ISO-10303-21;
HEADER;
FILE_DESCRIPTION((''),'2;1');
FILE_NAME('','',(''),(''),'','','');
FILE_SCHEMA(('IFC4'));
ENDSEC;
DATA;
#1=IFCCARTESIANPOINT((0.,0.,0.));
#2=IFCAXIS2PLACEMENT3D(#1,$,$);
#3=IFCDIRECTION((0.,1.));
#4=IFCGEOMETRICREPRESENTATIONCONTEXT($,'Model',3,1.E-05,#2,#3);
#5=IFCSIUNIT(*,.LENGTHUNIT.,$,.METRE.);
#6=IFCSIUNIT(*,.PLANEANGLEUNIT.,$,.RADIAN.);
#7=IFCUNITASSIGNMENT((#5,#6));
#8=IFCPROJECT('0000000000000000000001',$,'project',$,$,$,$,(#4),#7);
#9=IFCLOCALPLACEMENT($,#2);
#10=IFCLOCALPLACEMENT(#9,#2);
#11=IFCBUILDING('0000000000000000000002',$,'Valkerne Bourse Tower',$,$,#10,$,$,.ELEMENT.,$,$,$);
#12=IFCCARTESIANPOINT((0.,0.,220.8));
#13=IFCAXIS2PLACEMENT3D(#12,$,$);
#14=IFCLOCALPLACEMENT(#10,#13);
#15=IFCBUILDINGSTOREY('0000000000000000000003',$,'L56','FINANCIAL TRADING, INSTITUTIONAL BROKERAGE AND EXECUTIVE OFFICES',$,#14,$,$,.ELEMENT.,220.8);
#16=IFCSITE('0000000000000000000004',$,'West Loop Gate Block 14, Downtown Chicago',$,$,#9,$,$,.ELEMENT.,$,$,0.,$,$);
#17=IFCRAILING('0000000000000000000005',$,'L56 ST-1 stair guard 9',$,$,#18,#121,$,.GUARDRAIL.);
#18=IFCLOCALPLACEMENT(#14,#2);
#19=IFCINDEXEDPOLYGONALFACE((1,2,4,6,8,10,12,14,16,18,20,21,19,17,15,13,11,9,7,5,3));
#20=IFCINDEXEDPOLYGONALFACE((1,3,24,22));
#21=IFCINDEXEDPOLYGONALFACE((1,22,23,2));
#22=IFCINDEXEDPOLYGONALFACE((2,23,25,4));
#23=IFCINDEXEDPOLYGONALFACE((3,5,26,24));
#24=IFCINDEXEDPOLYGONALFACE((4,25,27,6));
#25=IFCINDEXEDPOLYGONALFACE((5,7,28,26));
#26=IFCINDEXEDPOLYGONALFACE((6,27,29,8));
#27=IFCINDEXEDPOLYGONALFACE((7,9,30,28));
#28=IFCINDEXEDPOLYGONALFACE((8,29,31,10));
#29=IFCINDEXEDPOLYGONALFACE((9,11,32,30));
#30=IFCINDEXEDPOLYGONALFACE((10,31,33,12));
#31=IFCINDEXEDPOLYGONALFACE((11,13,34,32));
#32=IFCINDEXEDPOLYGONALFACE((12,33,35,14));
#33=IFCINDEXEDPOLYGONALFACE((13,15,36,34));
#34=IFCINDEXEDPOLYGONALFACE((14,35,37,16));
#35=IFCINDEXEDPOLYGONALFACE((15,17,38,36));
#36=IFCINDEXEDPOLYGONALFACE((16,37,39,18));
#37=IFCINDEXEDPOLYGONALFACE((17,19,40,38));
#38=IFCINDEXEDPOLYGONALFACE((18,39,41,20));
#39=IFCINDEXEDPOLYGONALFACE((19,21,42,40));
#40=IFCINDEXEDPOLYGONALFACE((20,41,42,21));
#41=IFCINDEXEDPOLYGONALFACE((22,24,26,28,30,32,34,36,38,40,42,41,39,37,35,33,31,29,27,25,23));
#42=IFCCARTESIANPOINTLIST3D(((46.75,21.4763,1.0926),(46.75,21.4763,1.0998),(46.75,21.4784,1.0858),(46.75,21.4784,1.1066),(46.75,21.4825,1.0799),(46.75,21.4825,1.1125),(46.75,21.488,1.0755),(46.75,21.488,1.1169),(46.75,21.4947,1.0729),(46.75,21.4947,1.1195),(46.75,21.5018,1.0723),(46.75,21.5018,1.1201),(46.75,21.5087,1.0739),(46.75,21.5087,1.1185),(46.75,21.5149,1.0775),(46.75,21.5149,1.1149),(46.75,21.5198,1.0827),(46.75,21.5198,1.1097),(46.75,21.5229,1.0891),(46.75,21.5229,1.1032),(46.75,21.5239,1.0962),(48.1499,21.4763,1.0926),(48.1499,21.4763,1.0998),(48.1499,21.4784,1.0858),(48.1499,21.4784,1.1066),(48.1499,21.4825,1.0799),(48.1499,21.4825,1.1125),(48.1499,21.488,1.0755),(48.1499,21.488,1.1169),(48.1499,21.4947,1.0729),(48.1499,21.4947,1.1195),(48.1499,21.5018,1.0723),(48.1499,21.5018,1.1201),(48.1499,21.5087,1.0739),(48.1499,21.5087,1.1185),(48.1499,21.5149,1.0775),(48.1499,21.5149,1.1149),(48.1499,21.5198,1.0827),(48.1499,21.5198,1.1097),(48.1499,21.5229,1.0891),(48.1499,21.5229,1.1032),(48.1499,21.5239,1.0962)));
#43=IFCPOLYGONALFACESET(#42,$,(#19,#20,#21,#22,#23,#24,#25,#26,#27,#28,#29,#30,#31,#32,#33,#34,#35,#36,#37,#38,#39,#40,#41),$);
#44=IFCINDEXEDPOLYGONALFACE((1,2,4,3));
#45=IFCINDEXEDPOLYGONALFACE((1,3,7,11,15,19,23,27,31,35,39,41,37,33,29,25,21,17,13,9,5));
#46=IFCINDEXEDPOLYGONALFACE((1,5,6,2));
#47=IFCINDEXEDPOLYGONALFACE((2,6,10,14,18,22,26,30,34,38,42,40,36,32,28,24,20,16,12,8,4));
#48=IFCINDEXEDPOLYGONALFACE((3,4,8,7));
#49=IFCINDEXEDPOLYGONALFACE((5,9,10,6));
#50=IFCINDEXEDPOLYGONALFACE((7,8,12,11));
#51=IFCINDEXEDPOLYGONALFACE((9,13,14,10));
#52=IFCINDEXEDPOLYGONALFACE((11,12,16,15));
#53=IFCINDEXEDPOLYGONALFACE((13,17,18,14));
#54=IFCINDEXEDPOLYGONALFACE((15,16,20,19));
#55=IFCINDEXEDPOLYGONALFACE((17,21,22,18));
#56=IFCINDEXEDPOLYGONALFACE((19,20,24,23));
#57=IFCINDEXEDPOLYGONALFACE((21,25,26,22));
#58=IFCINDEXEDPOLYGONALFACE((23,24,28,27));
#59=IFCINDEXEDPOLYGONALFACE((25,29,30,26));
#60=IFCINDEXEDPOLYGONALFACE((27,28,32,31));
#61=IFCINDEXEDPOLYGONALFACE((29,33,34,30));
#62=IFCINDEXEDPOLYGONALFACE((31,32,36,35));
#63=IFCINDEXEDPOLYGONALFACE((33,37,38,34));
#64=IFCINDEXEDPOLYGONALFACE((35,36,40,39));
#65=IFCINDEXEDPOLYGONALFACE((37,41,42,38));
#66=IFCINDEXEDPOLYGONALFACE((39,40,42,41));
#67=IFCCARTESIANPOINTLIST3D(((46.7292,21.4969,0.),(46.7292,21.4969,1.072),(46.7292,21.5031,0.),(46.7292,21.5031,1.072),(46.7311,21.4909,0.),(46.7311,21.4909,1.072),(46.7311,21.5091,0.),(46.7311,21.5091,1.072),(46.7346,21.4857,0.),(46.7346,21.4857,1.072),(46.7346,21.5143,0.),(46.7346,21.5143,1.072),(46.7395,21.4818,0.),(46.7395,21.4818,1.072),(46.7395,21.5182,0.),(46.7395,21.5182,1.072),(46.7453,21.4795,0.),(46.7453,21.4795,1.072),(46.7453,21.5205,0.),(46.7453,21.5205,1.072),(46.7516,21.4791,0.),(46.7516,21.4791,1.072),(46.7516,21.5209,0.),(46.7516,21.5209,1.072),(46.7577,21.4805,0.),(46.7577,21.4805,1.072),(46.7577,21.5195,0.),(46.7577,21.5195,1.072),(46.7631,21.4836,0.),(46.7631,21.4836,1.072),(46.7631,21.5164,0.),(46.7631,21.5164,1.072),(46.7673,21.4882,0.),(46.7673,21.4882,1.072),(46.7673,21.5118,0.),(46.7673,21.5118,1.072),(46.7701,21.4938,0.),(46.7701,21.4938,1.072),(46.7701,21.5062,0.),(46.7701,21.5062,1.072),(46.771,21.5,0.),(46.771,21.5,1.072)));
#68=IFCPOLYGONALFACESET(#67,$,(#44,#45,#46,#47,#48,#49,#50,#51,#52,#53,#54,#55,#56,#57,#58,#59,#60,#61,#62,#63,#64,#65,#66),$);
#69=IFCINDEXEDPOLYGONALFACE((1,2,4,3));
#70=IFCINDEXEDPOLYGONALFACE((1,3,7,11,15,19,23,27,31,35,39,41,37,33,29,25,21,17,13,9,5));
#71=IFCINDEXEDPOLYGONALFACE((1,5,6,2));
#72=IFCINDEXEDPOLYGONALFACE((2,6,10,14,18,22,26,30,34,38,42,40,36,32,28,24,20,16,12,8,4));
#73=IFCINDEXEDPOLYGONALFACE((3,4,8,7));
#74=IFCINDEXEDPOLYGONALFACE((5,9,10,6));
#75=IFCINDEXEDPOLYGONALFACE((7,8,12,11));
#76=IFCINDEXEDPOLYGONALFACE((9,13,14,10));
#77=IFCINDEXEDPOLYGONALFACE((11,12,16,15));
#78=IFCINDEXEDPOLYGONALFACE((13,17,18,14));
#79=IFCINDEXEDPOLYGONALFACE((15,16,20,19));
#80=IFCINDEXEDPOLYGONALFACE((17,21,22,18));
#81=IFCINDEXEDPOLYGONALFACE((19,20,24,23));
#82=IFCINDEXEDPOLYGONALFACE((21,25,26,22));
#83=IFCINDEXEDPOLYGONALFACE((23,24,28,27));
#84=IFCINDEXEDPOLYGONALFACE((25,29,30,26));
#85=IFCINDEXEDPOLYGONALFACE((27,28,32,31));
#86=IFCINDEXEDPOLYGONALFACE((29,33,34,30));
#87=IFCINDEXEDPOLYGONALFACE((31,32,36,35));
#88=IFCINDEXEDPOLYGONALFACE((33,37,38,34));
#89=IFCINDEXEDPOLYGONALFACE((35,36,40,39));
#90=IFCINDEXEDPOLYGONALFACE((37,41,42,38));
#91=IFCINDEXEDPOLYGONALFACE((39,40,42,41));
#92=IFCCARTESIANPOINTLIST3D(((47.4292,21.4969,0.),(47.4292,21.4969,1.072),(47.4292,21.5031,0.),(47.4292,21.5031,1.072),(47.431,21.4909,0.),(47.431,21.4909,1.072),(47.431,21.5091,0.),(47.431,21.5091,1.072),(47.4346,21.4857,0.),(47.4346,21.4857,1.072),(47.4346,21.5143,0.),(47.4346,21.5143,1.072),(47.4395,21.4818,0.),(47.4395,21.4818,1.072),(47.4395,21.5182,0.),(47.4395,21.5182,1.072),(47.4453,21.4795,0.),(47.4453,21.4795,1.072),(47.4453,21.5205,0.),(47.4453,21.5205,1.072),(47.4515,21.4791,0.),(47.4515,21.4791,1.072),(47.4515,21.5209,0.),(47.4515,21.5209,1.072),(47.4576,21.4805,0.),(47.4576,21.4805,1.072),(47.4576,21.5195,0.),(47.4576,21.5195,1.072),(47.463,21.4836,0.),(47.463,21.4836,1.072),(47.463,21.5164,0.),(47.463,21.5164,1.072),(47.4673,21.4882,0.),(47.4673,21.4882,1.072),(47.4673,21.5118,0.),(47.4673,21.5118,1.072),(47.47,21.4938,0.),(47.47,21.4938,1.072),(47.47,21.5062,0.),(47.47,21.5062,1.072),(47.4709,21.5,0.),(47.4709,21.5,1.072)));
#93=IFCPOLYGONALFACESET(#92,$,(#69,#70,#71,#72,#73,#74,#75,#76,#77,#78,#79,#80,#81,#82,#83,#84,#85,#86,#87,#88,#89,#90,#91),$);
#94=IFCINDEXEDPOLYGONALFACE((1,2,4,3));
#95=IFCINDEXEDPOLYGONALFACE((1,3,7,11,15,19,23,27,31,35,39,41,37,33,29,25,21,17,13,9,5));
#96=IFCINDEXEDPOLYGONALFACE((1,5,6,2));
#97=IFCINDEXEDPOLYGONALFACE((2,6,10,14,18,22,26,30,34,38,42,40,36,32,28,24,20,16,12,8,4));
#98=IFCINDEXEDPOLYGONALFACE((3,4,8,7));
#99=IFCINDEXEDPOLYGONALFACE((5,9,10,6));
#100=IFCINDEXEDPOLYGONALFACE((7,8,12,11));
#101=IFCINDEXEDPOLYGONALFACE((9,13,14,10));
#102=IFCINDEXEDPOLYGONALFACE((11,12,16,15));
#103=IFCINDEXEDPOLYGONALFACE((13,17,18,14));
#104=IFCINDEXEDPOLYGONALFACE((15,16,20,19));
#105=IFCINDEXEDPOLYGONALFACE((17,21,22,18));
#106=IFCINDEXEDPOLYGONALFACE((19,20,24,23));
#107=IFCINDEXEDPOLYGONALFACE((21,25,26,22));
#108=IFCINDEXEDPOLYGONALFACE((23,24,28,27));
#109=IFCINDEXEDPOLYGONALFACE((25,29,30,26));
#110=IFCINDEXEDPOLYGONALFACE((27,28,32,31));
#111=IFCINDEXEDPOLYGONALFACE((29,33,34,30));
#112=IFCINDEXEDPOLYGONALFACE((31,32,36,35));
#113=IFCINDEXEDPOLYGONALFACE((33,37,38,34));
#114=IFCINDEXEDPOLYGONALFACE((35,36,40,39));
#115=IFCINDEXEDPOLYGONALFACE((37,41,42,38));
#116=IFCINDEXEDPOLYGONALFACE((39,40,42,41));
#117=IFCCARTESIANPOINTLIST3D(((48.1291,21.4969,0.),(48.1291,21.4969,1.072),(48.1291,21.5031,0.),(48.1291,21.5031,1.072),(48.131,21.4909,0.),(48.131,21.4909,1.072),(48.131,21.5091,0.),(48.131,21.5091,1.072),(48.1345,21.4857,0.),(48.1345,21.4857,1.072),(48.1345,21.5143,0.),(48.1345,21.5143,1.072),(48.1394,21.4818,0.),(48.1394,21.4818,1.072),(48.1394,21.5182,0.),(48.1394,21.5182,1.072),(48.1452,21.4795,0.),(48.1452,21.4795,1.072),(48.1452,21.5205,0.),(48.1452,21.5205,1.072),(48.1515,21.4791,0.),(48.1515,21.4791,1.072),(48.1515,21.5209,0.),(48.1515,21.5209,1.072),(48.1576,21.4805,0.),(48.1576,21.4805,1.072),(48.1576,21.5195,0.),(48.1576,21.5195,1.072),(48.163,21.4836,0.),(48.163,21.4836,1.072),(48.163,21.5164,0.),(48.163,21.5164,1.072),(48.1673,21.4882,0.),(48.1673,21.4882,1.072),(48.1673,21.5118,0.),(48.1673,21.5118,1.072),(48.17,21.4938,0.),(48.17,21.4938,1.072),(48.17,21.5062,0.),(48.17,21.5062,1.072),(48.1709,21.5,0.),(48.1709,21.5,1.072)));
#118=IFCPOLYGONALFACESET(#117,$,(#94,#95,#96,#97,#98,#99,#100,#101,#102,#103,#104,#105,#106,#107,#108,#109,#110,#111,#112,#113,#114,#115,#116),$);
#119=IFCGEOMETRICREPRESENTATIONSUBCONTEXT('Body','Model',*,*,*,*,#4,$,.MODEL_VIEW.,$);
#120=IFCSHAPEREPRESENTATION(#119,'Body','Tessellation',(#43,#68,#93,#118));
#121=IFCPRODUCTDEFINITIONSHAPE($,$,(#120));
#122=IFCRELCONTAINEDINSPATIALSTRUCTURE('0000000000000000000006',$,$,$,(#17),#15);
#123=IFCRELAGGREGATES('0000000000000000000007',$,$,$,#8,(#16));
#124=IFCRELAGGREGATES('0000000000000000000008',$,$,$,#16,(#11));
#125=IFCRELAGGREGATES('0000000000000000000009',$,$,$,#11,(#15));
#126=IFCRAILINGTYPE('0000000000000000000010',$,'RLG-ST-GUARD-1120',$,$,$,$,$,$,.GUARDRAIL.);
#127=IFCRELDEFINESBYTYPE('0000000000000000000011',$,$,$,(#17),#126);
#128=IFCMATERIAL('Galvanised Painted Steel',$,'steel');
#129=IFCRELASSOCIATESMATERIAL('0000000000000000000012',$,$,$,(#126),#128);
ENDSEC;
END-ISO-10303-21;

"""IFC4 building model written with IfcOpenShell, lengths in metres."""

from ifc_helpers import new_model, si_unit, direction, frame, origin, origin_2d, place, context, subcontext, project, spatial, circle, extrude, material, type_object, element, save


model = new_model("IFC4")

# Units and contexts
model_context = context("Model", 3, precision=1e-05, world=origin(), true_north=direction((0.0, 1.0)))
body_context = subcontext(model_context, "Body", "Model", "MODEL_VIEW")
ifc_project = project(units=[si_unit("LENGTHUNIT", "METRE"), si_unit("PLANEANGLEUNIT", "RADIAN")], contexts=[model_context])

# Site, building, storey
site_placement = place(None, origin())
site = spatial("IfcSite", under=ifc_project, at=site_placement, Name="West Loop Gate Block 14, Downtown Chicago", CompositionType="ELEMENT", RefElevation=0.0)
building_placement = place(site_placement, origin())
building = spatial("IfcBuilding", under=site, at=building_placement, Name="Valkerne Bourse Tower", CompositionType="ELEMENT")
storey_placement = place(building_placement, frame((0.0, 0.0, 220.8)))
storey = spatial("IfcBuildingStorey", under=building, at=storey_placement, Name="L56", Description="FINANCIAL TRADING, INSTITUTIONAL BROKERAGE AND EXECUTIVE OFFICES", CompositionType="ELEMENT", Elevation=220.8)

# Shared definitions
ifc_material_1 = material(Name="Galvanised Painted Steel", Category="steel")

# Railing
railing_type_1 = type_object("IfcRailingType", Name="RLG-ST-GUARD-1120", PredefinedType="GUARDRAIL", material=ifc_material_1)
for number, where, name in (
    (1, (46.75, 21.5, 0.0), "L56 ST-1 stair guard 9"),
):
    element("IfcRailing", number, at=place(storey_placement, frame(where)), inside=storey, type_object=railing_type_1, Name=name, PredefinedType="GUARDRAIL", context=body_context, shape_type="SweptSolid", body=[
        extrude(circle(Radius=0.0239, at=origin_2d()), frame((0.0, 0.0, 1.0962), z_axis=(1.0, 0.0, 0.0), x_axis=(0.0, 1.0, 0.0)), (0.0, 0.0, 1.0), 1.3999),
        extrude(circle(Radius=0.021, at=origin_2d()), origin(), (0.0, 0.0, 1.0), 1.072),
        extrude(circle(Radius=0.021, at=origin_2d()), frame((0.7, 0.0, 0.0)), (0.0, 0.0, 1.0), 1.072),
        extrude(circle(Radius=0.021, at=origin_2d()), frame((1.3999, 0.0, 0.0)), (0.0, 0.0, 1.0), 1.072),
    ])

save(model, "model.ifc")
